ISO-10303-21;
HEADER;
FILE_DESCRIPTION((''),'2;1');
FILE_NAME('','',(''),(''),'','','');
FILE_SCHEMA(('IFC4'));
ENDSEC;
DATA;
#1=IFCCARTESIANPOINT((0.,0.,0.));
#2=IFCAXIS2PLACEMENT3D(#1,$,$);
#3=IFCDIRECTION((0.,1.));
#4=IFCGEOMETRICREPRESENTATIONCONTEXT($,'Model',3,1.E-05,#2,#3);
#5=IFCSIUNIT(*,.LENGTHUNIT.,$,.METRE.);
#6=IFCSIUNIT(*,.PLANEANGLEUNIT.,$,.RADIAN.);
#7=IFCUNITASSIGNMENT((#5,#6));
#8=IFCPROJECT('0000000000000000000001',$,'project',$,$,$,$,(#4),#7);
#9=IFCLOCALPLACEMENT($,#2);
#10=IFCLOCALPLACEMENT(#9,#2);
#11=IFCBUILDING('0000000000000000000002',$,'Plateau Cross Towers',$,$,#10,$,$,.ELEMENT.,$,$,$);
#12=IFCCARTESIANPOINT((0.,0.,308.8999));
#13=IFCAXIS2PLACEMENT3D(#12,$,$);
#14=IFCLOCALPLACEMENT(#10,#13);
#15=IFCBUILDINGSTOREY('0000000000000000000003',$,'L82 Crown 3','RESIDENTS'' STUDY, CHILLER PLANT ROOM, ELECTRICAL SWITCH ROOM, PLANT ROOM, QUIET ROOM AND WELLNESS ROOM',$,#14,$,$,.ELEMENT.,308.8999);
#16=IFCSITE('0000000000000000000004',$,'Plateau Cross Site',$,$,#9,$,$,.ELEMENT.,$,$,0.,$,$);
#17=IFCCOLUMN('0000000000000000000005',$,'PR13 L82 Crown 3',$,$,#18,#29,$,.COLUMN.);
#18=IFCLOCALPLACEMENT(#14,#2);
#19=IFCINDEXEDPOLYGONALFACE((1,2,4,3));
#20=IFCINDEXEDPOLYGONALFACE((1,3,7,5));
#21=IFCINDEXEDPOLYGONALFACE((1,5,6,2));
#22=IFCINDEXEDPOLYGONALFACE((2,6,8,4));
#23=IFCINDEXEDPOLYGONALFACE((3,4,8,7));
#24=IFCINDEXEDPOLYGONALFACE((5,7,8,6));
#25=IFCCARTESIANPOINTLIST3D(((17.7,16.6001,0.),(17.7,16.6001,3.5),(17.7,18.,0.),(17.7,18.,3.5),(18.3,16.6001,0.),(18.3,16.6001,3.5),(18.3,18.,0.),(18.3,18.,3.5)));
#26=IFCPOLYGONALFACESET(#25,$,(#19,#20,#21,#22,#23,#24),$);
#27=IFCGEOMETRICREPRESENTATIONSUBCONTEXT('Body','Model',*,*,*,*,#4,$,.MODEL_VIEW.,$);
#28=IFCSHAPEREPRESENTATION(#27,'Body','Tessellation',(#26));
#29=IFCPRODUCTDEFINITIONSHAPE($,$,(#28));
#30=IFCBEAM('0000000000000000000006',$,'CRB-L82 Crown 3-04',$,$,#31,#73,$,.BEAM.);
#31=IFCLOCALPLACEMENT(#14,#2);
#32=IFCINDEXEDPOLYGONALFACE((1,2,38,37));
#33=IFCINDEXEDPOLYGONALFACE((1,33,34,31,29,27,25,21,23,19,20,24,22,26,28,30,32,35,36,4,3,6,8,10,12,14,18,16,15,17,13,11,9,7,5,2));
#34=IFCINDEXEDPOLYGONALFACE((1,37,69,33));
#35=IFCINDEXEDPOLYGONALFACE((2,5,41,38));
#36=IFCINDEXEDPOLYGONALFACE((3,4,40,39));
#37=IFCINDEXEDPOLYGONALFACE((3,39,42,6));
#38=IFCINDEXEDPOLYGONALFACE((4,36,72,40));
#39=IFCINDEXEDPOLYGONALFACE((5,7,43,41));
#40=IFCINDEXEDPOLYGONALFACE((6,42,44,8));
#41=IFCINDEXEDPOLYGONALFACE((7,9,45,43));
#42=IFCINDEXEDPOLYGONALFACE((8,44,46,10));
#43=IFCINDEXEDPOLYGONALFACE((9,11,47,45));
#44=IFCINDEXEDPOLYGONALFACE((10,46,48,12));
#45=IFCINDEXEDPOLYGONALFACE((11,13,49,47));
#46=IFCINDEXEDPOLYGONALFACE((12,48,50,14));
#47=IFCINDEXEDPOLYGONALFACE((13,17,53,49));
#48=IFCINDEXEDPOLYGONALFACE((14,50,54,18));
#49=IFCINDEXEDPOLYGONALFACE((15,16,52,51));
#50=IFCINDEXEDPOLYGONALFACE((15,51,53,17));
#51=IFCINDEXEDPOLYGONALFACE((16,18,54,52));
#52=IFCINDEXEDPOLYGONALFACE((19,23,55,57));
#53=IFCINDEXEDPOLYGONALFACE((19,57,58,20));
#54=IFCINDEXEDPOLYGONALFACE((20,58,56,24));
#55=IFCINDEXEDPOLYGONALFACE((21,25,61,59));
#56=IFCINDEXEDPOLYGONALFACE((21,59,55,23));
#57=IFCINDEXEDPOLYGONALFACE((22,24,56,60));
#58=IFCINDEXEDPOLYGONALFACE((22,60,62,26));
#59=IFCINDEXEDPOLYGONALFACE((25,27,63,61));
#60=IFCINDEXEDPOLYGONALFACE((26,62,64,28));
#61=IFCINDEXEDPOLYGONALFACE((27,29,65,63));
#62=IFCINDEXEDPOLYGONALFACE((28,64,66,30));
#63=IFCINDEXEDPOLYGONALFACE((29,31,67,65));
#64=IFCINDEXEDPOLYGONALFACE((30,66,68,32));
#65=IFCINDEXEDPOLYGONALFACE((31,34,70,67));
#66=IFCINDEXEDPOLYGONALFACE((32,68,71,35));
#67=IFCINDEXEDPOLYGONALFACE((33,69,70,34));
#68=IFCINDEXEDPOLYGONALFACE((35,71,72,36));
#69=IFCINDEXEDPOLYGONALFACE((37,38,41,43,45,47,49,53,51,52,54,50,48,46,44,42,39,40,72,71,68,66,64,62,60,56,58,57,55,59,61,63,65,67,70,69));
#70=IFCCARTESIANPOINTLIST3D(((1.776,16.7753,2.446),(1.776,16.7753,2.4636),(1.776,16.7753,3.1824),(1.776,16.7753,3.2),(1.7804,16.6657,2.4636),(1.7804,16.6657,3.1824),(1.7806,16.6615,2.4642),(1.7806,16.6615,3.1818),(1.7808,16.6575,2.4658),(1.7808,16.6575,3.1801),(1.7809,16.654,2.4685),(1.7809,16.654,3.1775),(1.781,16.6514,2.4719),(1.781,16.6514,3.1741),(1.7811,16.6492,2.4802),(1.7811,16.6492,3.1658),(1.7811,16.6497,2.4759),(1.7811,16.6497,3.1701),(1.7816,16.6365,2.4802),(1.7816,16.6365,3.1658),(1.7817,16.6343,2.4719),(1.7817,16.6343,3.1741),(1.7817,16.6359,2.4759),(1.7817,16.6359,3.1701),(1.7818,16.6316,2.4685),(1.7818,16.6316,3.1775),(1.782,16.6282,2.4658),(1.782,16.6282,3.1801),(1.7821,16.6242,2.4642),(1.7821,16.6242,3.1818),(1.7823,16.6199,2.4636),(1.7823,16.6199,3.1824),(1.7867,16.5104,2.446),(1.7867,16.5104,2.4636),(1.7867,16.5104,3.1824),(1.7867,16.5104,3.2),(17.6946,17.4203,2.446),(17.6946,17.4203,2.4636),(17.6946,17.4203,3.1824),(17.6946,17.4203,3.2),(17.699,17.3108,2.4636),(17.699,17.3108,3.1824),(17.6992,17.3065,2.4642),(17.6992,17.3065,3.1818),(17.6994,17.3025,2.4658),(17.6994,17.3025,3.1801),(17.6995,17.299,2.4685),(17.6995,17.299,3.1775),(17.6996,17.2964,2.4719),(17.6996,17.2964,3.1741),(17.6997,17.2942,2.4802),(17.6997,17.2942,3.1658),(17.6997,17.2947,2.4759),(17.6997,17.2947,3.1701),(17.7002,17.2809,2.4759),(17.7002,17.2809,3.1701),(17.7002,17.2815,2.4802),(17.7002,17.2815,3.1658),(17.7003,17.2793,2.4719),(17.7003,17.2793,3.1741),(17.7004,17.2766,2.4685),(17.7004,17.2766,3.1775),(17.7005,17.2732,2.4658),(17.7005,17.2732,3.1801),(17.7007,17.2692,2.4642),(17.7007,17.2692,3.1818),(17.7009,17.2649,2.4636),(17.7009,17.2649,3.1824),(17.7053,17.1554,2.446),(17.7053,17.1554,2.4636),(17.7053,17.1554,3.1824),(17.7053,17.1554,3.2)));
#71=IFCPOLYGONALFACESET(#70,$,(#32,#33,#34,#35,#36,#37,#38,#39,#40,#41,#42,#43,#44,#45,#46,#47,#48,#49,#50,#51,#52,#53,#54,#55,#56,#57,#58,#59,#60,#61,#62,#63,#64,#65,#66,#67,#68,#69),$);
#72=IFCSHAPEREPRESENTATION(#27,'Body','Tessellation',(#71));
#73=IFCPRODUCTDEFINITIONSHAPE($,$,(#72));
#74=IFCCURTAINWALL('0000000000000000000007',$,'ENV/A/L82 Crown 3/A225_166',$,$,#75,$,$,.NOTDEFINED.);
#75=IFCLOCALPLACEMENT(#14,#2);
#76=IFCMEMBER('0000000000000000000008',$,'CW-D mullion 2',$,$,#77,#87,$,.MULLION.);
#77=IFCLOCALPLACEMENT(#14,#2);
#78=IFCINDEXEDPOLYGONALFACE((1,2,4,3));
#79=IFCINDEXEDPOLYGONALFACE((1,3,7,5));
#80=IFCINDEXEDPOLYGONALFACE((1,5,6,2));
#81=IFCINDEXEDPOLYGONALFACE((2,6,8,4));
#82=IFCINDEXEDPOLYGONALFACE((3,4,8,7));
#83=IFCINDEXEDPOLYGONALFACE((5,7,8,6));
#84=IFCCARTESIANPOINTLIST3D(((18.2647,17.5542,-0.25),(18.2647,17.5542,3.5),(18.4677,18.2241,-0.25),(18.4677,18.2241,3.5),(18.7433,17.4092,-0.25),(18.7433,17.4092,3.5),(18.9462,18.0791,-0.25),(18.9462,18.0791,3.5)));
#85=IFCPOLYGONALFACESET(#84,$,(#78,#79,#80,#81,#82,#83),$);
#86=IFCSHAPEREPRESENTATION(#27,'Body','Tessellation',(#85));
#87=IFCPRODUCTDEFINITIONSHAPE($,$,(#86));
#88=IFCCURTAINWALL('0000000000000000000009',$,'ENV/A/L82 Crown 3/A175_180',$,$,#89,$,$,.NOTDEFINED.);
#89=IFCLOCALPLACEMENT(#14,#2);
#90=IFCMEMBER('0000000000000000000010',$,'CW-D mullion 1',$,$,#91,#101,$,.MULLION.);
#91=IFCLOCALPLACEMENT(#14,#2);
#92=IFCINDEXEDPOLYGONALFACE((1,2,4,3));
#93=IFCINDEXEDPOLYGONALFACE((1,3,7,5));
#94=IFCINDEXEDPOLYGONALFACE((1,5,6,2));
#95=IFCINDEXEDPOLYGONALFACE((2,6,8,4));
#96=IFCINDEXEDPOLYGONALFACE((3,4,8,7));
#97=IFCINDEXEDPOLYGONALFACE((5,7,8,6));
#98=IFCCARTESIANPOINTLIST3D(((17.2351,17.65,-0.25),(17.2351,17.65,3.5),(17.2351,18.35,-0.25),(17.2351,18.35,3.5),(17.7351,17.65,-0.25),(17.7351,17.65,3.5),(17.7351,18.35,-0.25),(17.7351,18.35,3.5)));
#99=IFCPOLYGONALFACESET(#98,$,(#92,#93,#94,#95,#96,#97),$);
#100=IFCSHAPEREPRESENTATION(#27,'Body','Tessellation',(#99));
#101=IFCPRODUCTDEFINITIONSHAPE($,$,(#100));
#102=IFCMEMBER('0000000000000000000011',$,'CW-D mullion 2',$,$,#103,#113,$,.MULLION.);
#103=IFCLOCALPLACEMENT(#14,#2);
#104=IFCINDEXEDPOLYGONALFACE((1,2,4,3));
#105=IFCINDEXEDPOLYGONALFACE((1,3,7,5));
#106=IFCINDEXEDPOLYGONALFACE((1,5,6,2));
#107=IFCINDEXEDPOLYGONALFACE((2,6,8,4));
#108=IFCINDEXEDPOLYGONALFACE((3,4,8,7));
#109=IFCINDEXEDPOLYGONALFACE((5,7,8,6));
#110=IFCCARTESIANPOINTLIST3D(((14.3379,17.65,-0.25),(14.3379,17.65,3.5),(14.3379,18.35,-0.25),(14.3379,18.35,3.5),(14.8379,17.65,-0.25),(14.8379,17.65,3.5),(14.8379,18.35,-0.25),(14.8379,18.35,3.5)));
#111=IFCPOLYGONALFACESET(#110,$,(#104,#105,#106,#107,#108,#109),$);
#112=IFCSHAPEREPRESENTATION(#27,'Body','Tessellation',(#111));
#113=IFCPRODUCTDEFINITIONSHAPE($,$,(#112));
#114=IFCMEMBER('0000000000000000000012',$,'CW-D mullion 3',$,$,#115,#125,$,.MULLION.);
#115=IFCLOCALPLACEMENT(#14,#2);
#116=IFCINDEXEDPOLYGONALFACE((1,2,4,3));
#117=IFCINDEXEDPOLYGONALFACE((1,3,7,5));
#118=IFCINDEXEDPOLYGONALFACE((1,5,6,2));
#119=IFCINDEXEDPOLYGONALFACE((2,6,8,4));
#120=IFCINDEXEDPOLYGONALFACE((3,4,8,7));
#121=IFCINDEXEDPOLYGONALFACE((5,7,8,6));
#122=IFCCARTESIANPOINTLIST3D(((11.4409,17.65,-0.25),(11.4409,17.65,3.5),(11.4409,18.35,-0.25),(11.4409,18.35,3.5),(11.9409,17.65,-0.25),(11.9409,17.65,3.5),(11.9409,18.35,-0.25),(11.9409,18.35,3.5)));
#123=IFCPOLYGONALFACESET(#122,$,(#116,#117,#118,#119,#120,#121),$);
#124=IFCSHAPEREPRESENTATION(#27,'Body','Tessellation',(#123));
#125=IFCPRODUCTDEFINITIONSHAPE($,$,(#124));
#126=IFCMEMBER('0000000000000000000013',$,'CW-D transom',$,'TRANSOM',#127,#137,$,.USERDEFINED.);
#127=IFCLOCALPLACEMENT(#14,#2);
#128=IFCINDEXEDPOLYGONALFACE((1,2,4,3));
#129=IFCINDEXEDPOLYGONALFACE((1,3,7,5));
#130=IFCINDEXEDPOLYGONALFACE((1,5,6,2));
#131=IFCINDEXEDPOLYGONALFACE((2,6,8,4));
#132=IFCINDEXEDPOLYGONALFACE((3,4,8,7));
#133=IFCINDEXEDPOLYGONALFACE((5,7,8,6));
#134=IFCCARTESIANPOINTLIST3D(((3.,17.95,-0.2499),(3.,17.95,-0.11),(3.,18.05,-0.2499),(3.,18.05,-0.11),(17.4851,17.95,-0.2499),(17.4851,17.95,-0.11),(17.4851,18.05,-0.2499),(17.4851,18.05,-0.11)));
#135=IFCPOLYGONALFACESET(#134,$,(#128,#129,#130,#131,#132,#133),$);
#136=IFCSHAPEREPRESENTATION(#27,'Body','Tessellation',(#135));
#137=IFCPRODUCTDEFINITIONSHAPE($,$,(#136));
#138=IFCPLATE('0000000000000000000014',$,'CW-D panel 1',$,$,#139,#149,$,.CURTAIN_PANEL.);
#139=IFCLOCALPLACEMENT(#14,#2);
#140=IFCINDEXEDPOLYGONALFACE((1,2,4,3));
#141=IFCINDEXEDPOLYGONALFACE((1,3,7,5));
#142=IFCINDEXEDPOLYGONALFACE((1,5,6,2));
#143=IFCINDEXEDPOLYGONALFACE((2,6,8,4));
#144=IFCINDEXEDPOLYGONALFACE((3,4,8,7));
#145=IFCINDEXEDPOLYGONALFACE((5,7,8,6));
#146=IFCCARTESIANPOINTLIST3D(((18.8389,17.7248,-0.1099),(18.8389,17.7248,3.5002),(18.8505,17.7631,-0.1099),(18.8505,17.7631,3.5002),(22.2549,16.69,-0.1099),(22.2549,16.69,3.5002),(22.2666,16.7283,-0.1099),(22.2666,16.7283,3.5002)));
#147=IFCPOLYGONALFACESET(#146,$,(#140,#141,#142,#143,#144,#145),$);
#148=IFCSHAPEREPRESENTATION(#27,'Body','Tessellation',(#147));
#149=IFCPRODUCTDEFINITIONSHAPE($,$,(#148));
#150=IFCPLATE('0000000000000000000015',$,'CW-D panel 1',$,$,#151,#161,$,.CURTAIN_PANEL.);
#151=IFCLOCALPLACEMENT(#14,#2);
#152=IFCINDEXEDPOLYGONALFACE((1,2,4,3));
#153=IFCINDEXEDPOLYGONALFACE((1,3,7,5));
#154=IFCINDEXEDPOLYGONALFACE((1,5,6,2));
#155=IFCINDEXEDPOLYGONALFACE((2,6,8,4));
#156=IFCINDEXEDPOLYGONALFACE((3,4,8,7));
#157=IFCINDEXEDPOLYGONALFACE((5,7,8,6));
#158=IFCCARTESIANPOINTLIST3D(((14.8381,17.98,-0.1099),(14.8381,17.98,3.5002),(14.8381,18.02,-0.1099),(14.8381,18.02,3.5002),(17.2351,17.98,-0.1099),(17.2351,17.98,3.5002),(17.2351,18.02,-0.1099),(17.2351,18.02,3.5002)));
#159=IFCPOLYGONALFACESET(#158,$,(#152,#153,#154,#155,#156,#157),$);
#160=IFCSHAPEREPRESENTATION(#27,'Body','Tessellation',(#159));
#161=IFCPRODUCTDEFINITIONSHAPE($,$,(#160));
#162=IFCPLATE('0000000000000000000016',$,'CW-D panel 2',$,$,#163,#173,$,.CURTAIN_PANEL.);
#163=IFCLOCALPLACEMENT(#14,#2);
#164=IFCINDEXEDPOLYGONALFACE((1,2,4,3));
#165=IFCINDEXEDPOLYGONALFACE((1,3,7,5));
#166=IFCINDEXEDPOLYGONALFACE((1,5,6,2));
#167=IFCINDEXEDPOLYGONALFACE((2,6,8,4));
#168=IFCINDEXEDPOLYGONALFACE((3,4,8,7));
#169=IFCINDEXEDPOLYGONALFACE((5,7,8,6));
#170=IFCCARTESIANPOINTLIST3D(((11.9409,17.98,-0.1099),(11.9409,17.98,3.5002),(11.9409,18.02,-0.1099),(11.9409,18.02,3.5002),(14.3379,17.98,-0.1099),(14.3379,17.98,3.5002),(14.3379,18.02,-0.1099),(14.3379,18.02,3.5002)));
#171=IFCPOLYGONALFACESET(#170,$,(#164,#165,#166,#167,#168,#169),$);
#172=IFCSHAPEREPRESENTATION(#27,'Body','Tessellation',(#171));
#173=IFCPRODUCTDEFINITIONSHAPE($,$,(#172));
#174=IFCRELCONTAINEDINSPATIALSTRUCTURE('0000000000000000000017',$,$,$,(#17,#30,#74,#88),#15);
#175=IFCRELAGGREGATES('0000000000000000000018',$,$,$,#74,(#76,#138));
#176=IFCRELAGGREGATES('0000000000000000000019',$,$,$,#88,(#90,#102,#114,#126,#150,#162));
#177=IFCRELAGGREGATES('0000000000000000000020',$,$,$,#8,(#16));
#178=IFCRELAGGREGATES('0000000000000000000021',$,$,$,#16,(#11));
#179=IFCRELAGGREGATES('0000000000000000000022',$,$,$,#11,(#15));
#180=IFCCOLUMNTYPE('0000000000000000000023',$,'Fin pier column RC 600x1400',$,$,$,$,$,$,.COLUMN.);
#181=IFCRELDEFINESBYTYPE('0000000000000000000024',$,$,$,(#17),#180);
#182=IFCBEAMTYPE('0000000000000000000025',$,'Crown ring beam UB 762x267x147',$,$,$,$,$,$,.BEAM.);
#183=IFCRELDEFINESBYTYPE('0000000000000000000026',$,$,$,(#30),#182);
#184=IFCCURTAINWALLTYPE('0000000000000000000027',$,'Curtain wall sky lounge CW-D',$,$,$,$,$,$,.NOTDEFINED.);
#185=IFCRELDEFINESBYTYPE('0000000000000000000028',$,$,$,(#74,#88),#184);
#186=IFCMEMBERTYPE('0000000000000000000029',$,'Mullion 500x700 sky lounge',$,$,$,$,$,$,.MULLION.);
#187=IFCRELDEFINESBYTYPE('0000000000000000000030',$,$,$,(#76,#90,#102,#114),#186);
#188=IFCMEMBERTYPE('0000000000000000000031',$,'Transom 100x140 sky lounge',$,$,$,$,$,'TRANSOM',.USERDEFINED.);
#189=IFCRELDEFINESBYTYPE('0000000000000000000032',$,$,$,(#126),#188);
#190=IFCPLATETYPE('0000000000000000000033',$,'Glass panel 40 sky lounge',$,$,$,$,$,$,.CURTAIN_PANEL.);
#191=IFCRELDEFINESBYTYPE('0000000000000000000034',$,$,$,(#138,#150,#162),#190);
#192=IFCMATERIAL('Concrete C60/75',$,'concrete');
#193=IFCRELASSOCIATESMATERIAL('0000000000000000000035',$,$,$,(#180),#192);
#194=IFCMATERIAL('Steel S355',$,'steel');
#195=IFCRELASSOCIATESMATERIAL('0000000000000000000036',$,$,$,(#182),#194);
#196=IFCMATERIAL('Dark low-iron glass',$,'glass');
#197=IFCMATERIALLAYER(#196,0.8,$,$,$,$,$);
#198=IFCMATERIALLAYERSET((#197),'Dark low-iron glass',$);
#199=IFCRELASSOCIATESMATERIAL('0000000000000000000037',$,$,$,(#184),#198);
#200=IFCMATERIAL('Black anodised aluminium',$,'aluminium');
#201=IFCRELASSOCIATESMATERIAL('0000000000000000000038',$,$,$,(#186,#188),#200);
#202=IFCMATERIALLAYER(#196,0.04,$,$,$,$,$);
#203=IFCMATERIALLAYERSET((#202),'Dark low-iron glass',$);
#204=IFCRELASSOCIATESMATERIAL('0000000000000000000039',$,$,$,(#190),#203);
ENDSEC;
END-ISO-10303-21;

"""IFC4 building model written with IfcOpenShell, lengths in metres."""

from ifc_helpers import new_model, si_unit, direction, frame, origin, origin_2d, place, context, subcontext, project, spatial, rectangle, i_section, extrude, material, layer, layer_set, material_profile, profile_set, type_object, element, aggregate, save


model = new_model("IFC4")

# Units and contexts
model_context = context("Model", 3, precision=1e-05, world=origin(), true_north=direction((0.0, 1.0)))
body_context = subcontext(model_context, "Body", "Model", "MODEL_VIEW")
ifc_project = project(units=[si_unit("LENGTHUNIT", "METRE"), si_unit("PLANEANGLEUNIT", "RADIAN")], contexts=[model_context])

# Site, building, storey
site_placement = place(None, origin())
site = spatial("IfcSite", under=ifc_project, at=site_placement, Name="Plateau Cross Site", CompositionType="ELEMENT", RefElevation=0.0)
building_placement = place(site_placement, origin())
building = spatial("IfcBuilding", under=site, at=building_placement, Name="Plateau Cross Towers", CompositionType="ELEMENT")
storey_placement = place(building_placement, frame((0.0, 0.0, 308.8999)))
storey = spatial("IfcBuildingStorey", under=building, at=storey_placement, Name="L82 Crown 3", Description="RESIDENTS' STUDY, CHILLER PLANT ROOM, ELECTRICAL SWITCH ROOM, PLANT ROOM, QUIET ROOM AND WELLNESS ROOM", CompositionType="ELEMENT", Elevation=308.8999)

# Column
ifc_material_1 = material(Name="Concrete C60/75", Category="concrete")
ifc_material_profile_1 = material_profile(ifc_material_1, rectangle(XDim=0.6001, YDim=1.3999, at=origin_2d()), Name="RC 600x1400")
ifc_profile_set_1 = profile_set([ifc_material_profile_1], Name="Concrete C60/75")
column_type = type_object("IfcColumnType", Name="Fin pier column RC 600x1400", PredefinedType="COLUMN", material=ifc_profile_set_1)
column_placement = place(storey_placement, frame((18.0, 17.3, 0.0), z_axis=(0.0, 0.0, 1.0), x_axis=(1.0, 0.0, 0.0)))
element("IfcColumn", 1, at=column_placement, inside=storey, type_object=column_type, Name="PR13 L82 Crown 3", PredefinedType="COLUMN", context=body_context, shape_type="SweptSolid", body=[
    extrude(rectangle(XDim=0.6001, YDim=1.3999, at=origin_2d()), origin(), (0.0, 0.0, 1.0), 3.5),
])

# Beam
ifc_material_2 = material(Name="Steel S355", Category="steel")
ifc_material_profile_2 = material_profile(ifc_material_2, i_section(OverallWidth=0.2651, OverallDepth=0.7539, WebThickness=0.0127, FlangeThickness=0.0176, FilletRadius=0.0166, at=origin_2d()), Name="UB 762x267x147")
ifc_profile_set_2 = profile_set([ifc_material_profile_2], Name="Steel S355")
beam_type = type_object("IfcBeamType", Name="Crown ring beam UB 762x267x147", PredefinedType="BEAM", material=ifc_profile_set_2)
beam_placement = place(storey_placement, frame((17.7, 17.2878, 2.823), z_axis=(-0.99918, -0.040487, 0.0), x_axis=(0.040487, -0.99918, 0.0)))
element("IfcBeam", 2, at=beam_placement, inside=storey, type_object=beam_type, Name="CRB-L82 Crown 3-04", PredefinedType="BEAM", context=body_context, shape_type="SweptSolid", body=[
    extrude(i_section(OverallWidth=0.2651, OverallDepth=0.7539, WebThickness=0.0127, FlangeThickness=0.0176, FilletRadius=0.0166, at=origin_2d()), origin(), (0.0, 0.0, 1.0), 15.9316),
])

# Curtain wall, member
ifc_material_3 = material(Name="Dark low-iron glass", Category="glass")
ifc_layer_1 = layer(ifc_material_3, 0.8)
ifc_layer_set_1 = layer_set([ifc_layer_1], Name="Dark low-iron glass")
curtain_wall_type = type_object("IfcCurtainWallType", Name="Curtain wall sky lounge CW-D", PredefinedType="NOTDEFINED", material=ifc_layer_set_1)
curtain_wall_1_placement = place(storey_placement, origin())
curtain_wall_1 = element("IfcCurtainWall", 3, at=curtain_wall_1_placement, inside=storey, type_object=curtain_wall_type, Name="ENV/A/L82 Crown 3/A225_166", PredefinedType="NOTDEFINED")
ifc_material_4 = material(Name="Black anodised aluminium", Category="aluminium")
ifc_material_profile_3 = material_profile(ifc_material_4, rectangle(XDim=0.5, YDim=0.7, at=origin_2d()), Name="MULLION 500x700")
ifc_profile_set_3 = profile_set([ifc_material_profile_3], Name="Black anodised aluminium")
member_type_1 = type_object("IfcMemberType", Name="Mullion 500x700 sky lounge", PredefinedType="MULLION", material=ifc_profile_set_3)
member_1_placement = place(storey_placement, frame((18.6055, 17.8167, -0.25), z_axis=(0.0, 0.0, 1.0), x_axis=(-0.957048, 0.289928, 0.0)))
member_1 = element("IfcMember", 4, at=member_1_placement, type_object=member_type_1, Name="CW-D mullion 2", PredefinedType="MULLION", context=body_context, shape_type="SweptSolid", body=[
    extrude(rectangle(XDim=0.5, YDim=0.7, at=origin_2d()), origin(), (0.0, 0.0, 1.0), 3.75),
])

# Curtain wall, members
curtain_wall_2_placement = place(storey_placement, origin())
curtain_wall_2 = element("IfcCurtainWall", 5, at=curtain_wall_2_placement, inside=storey, type_object=curtain_wall_type, Name="ENV/A/L82 Crown 3/A175_180", PredefinedType="NOTDEFINED")
member_2_placement = place(storey_placement, frame((17.4851, 18.0, -0.25), z_axis=(0.0, 0.0, 1.0), x_axis=(-1.0, 0.0, 0.0)))
member_2 = element("IfcMember", 6, at=member_2_placement, type_object=member_type_1, Name="CW-D mullion 1", PredefinedType="MULLION", context=body_context, shape_type="SweptSolid", body=[
    extrude(rectangle(XDim=0.5, YDim=0.7, at=origin_2d()), origin(), (0.0, 0.0, 1.0), 3.75),
])
member_3_placement = place(storey_placement, frame((14.5879, 18.0, -0.25), z_axis=(0.0, 0.0, 1.0), x_axis=(-1.0, 0.0, 0.0)))
member_3 = element("IfcMember", 7, at=member_3_placement, type_object=member_type_1, Name="CW-D mullion 2", PredefinedType="MULLION", context=body_context, shape_type="SweptSolid", body=[
    extrude(rectangle(XDim=0.5, YDim=0.7, at=origin_2d()), origin(), (0.0, 0.0, 1.0), 3.75),
])
member_4_placement = place(storey_placement, frame((11.6909, 18.0, -0.25), z_axis=(0.0, 0.0, 1.0), x_axis=(-1.0, 0.0, 0.0)))
member_4 = element("IfcMember", 8, at=member_4_placement, type_object=member_type_1, Name="CW-D mullion 3", PredefinedType="MULLION", context=body_context, shape_type="SweptSolid", body=[
    extrude(rectangle(XDim=0.5, YDim=0.7, at=origin_2d()), origin(), (0.0, 0.0, 1.0), 3.75),
])
ifc_material_profile_4 = material_profile(ifc_material_4, rectangle(XDim=0.1001, YDim=0.1399, at=origin_2d()), Name="TRANSOM 100x140")
ifc_profile_set_4 = profile_set([ifc_material_profile_4], Name="Black anodised aluminium")
member_type_2 = type_object("IfcMemberType", Name="Transom 100x140 sky lounge", ElementType="TRANSOM", PredefinedType="USERDEFINED", material=ifc_profile_set_4)
member_5_placement = place(storey_placement, frame((17.4851, 18.0, -0.1799), z_axis=(-1.0, 0.0, 0.0), x_axis=(0.0, -1.0, 0.0)))
member_5 = element("IfcMember", 9, at=member_5_placement, type_object=member_type_2, Name="CW-D transom", ObjectType="TRANSOM", PredefinedType="USERDEFINED", context=body_context, shape_type="SweptSolid", body=[
    extrude(rectangle(XDim=0.1001, YDim=0.1399, at=origin_2d()), origin(), (0.0, 0.0, 1.0), 14.4851),
])

# Plates
ifc_layer_2 = layer(ifc_material_3, 0.04)
ifc_layer_set_2 = layer_set([ifc_layer_2], Name="Dark low-iron glass")
plate_type = type_object("IfcPlateType", Name="Glass panel 40 sky lounge", PredefinedType="CURTAIN_PANEL", material=ifc_layer_set_2)
plate_1_placement = place(storey_placement, frame((20.5527, 17.2266, -0.1099), z_axis=(0.0, 0.0, 1.0), x_axis=(-0.957048, 0.289928, 0.0)))
plate_1 = element("IfcPlate", 10, at=plate_1_placement, type_object=plate_type, Name="CW-D panel 1", PredefinedType="CURTAIN_PANEL", context=body_context, shape_type="SweptSolid", body=[
    extrude(rectangle(XDim=3.5693, YDim=0.04, at=origin_2d()), origin(), (0.0, 0.0, 1.0), 3.6101),
])
aggregate(curtain_wall_1, [member_1, plate_1])
plate_2_placement = place(storey_placement, frame((16.0366, 18.0, -0.1099), z_axis=(0.0, 0.0, 1.0), x_axis=(-1.0, 0.0, 0.0)))
plate_2 = element("IfcPlate", 11, at=plate_2_placement, type_object=plate_type, Name="CW-D panel 1", PredefinedType="CURTAIN_PANEL", context=body_context, shape_type="SweptSolid", body=[
    extrude(rectangle(XDim=2.397, YDim=0.04, at=origin_2d()), origin(), (0.0, 0.0, 1.0), 3.6101),
])
plate_3_placement = place(storey_placement, frame((13.1394, 18.0, -0.1099), z_axis=(0.0, 0.0, 1.0), x_axis=(-1.0, 0.0, 0.0)))
plate_3 = element("IfcPlate", 12, at=plate_3_placement, type_object=plate_type, Name="CW-D panel 2", PredefinedType="CURTAIN_PANEL", context=body_context, shape_type="SweptSolid", body=[
    extrude(rectangle(XDim=2.397, YDim=0.04, at=origin_2d()), origin(), (0.0, 0.0, 1.0), 3.6101),
])
aggregate(curtain_wall_2, [member_2, member_3, member_4, member_5, plate_2, plate_3])

save(model, "model.ifc")
